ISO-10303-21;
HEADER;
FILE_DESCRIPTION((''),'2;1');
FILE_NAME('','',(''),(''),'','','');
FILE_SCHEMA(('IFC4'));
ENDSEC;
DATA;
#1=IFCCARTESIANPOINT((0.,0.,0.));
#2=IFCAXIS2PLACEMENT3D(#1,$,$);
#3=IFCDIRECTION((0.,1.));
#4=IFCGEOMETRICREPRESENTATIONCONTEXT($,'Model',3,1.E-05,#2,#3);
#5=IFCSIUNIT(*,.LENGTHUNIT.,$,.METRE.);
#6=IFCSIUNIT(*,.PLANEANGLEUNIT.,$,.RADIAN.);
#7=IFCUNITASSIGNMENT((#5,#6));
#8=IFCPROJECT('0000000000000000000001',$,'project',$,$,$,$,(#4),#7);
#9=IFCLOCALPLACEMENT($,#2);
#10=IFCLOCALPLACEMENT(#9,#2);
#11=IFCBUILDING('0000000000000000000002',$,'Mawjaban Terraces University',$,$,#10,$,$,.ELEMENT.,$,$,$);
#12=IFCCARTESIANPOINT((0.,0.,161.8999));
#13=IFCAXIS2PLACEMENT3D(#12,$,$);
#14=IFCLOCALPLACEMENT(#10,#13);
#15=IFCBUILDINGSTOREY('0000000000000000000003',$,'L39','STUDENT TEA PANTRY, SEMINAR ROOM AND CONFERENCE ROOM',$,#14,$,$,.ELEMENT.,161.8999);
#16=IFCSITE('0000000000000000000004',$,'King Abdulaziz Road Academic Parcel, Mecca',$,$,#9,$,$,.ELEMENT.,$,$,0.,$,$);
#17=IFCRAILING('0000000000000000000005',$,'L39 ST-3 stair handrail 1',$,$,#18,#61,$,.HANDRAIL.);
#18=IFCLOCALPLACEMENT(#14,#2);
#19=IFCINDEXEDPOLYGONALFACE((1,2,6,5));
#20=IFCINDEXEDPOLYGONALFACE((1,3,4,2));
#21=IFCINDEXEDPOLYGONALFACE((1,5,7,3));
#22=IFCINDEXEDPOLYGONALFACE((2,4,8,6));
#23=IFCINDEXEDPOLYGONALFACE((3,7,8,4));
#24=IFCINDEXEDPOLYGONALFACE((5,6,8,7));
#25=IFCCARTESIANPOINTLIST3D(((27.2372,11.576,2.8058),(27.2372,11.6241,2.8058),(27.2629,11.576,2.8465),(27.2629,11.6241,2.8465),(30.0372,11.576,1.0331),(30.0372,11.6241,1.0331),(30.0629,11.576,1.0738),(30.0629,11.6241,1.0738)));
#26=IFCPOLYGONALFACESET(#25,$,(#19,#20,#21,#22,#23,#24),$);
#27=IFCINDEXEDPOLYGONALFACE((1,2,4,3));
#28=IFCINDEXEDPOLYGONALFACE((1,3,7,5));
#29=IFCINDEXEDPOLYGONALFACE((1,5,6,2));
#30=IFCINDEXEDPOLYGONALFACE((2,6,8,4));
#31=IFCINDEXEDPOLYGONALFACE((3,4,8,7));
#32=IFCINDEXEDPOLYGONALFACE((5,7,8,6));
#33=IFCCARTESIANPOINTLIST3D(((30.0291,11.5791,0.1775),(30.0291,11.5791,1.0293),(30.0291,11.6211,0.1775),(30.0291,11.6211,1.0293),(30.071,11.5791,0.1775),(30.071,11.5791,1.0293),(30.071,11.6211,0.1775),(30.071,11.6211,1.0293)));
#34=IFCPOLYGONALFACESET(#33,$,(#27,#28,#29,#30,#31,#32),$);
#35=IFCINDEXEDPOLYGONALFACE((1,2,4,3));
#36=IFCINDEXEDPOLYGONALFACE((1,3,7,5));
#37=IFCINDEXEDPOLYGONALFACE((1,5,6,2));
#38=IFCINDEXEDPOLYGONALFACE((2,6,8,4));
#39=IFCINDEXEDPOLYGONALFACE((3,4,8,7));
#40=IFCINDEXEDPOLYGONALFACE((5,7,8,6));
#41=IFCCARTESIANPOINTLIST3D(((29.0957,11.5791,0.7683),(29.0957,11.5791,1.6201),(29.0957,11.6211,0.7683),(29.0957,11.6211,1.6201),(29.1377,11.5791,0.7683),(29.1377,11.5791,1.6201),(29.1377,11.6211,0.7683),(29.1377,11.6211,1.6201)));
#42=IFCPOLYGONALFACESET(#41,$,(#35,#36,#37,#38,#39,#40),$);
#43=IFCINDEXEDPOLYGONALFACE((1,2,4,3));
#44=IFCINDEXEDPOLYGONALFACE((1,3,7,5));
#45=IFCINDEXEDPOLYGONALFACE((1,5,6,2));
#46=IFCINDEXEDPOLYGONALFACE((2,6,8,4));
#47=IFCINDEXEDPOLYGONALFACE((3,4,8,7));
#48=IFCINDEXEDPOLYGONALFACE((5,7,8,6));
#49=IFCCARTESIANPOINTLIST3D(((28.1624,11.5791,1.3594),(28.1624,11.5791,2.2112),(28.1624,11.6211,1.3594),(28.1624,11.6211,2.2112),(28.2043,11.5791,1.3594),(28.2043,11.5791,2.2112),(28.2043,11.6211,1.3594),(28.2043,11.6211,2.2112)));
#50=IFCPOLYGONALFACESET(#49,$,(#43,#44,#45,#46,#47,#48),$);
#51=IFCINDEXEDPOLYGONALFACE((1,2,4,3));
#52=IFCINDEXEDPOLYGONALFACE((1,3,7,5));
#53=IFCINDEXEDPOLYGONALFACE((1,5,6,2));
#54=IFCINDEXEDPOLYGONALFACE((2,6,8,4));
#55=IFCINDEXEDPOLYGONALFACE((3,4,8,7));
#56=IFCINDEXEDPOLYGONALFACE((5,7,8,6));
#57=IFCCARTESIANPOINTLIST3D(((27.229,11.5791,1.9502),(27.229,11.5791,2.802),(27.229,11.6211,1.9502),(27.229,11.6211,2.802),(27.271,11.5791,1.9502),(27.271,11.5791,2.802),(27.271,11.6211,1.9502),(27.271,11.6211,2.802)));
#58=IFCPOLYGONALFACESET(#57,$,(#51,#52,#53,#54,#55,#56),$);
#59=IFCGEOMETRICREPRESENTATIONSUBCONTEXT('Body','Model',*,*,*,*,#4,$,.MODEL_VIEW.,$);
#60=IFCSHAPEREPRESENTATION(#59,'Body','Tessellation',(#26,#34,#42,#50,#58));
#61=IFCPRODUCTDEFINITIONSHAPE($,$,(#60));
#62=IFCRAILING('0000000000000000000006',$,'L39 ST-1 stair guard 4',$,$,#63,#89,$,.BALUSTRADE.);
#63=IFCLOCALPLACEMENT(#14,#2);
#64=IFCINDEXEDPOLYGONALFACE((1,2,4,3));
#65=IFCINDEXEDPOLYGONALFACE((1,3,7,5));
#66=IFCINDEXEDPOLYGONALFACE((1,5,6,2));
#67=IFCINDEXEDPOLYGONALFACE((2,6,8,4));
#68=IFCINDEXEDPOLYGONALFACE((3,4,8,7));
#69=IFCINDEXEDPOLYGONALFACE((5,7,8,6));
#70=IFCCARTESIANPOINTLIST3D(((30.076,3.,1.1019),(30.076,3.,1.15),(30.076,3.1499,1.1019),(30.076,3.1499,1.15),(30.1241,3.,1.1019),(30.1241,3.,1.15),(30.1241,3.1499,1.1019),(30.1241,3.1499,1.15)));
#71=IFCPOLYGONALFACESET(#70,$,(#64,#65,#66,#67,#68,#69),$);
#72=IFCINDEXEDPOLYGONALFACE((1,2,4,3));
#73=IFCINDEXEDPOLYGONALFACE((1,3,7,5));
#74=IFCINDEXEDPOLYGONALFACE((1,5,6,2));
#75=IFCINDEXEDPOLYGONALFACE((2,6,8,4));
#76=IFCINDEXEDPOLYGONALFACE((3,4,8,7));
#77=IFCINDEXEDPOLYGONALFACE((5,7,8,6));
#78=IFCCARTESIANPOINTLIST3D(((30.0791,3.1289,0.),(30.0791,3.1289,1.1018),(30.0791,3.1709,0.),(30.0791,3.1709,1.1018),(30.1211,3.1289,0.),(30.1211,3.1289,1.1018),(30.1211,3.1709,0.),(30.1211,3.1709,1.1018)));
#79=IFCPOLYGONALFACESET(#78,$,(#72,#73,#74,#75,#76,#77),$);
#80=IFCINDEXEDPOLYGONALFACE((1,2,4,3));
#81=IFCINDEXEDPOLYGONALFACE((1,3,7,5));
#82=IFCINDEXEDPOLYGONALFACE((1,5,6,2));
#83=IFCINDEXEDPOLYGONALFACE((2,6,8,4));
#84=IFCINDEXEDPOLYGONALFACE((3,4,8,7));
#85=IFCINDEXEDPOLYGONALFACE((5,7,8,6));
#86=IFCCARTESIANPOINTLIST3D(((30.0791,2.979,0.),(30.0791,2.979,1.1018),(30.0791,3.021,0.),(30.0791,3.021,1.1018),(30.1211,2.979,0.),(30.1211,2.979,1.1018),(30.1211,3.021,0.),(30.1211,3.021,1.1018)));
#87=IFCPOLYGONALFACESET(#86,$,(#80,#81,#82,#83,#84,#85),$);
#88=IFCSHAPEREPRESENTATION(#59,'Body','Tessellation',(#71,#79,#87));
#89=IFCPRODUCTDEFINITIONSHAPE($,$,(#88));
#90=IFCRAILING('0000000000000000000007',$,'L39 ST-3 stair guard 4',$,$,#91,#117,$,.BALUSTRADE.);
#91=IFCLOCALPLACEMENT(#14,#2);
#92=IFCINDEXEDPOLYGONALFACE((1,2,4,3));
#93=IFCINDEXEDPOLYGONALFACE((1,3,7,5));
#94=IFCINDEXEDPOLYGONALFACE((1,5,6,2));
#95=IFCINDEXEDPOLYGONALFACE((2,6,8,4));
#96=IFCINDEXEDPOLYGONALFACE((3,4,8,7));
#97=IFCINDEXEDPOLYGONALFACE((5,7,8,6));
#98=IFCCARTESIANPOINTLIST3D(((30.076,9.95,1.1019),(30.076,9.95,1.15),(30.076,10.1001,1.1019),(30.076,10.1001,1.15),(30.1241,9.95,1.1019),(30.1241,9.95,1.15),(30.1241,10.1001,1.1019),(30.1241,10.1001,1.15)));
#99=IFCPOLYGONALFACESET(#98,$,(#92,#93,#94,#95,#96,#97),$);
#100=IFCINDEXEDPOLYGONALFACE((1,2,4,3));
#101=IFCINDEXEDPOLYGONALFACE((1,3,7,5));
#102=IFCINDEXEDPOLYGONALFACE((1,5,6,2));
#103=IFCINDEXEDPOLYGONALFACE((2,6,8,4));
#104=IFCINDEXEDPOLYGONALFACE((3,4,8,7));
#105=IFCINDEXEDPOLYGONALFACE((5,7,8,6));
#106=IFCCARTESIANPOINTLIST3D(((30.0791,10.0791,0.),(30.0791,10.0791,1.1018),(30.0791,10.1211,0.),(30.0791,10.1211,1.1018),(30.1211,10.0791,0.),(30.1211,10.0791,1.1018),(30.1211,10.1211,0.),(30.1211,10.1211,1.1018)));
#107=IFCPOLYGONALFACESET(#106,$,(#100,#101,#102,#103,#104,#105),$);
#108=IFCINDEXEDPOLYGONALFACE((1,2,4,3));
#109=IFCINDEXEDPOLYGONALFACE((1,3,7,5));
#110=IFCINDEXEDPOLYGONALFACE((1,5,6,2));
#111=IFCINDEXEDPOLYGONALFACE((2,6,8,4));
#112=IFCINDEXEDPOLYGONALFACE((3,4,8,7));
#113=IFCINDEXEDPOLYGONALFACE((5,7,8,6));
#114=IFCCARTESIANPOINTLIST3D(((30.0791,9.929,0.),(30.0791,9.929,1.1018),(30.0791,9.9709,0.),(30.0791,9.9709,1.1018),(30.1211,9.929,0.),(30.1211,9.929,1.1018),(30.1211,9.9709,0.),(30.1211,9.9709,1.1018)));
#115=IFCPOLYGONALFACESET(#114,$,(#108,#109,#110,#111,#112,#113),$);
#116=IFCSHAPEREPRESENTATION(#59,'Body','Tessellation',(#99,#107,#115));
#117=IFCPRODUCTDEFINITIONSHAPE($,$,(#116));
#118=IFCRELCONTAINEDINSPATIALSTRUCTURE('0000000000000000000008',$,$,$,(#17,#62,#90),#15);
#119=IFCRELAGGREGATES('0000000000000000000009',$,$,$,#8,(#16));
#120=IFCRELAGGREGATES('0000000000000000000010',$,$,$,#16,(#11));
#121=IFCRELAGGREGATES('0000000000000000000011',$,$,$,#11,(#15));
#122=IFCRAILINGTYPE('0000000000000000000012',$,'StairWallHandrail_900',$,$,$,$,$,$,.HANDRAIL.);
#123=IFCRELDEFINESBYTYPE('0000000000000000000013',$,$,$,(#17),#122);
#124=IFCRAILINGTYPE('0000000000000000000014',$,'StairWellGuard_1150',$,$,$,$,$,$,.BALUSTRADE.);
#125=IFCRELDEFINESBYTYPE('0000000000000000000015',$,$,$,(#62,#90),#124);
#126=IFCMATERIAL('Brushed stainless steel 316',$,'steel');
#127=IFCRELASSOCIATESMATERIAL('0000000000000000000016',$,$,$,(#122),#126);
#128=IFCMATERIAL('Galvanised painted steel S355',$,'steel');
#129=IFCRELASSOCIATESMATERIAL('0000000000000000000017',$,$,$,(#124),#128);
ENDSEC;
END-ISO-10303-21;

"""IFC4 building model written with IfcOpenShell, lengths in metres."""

from ifc_helpers import new_model, si_unit, direction, frame, origin, origin_2d, place, context, subcontext, project, spatial, rectangle, extrude, material, type_object, element, save


model = new_model("IFC4")

# Units and contexts
model_context = context("Model", 3, precision=1e-05, world=origin(), true_north=direction((0.0, 1.0)))
body_context = subcontext(model_context, "Body", "Model", "MODEL_VIEW")
ifc_project = project(units=[si_unit("LENGTHUNIT", "METRE"), si_unit("PLANEANGLEUNIT", "RADIAN")], contexts=[model_context])

# Site, building, storey
site_placement = place(None, origin())
site = spatial("IfcSite", under=ifc_project, at=site_placement, Name="King Abdulaziz Road Academic Parcel, Mecca", CompositionType="ELEMENT", RefElevation=0.0)
building_placement = place(site_placement, origin())
building = spatial("IfcBuilding", under=site, at=building_placement, Name="Mawjaban Terraces University", CompositionType="ELEMENT")
storey_placement = place(building_placement, frame((0.0, 0.0, 161.8999)))
storey = spatial("IfcBuildingStorey", under=building, at=storey_placement, Name="L39", Description="STUDENT TEA PANTRY, SEMINAR ROOM AND CONFERENCE ROOM", CompositionType="ELEMENT", Elevation=161.8999)

# Railings
ifc_material_1 = material(Name="Brushed stainless steel 316", Category="steel")
railing_type_1 = type_object("IfcRailingType", Name="StairWallHandrail_900", PredefinedType="HANDRAIL", material=ifc_material_1)
railing_1_placement = place(storey_placement, frame((30.05, 11.6001, 0.1775)))
element("IfcRailing", 1, at=railing_1_placement, inside=storey, type_object=railing_type_1, Name="L39 ST-3 stair handrail 1", PredefinedType="HANDRAIL", context=body_context, shape_type="SweptSolid", body=[
    extrude(rectangle(XDim=0.0481, YDim=0.0481, at=origin_2d()), frame((0.0, 0.0, 0.876), z_axis=(-0.844909, 0.0, 0.53491), x_axis=(0.0, -1.0, 0.0)), (0.0, 0.0, 1.0), 3.314),
    extrude(rectangle(XDim=0.042, YDim=0.042, at=origin_2d()), origin(), (0.0, 0.0, 1.0), 0.8518),
    extrude(rectangle(XDim=0.042, YDim=0.042, at=origin_2d()), frame((-0.9333, 0.0, 0.5908)), (0.0, 0.0, 1.0), 0.8518),
    extrude(rectangle(XDim=0.042, YDim=0.042, at=origin_2d()), frame((-1.8667, 0.0, 1.1819)), (0.0, 0.0, 1.0), 0.8518),
    extrude(rectangle(XDim=0.042, YDim=0.042, at=origin_2d()), frame((-2.8, 0.0, 1.7727)), (0.0, 0.0, 1.0), 0.8518),
])
ifc_material_2 = material(Name="Galvanised painted steel S355", Category="steel")
railing_type_2 = type_object("IfcRailingType", Name="StairWellGuard_1150", PredefinedType="BALUSTRADE", material=ifc_material_2)
railing_2_placement = place(storey_placement, frame((30.1001, 3.1499, 0.0)))
element("IfcRailing", 2, at=railing_2_placement, inside=storey, type_object=railing_type_2, Name="L39 ST-1 stair guard 4", PredefinedType="BALUSTRADE", context=body_context, shape_type="SweptSolid", body=[
    extrude(rectangle(XDim=0.0481, YDim=0.0481, at=origin_2d()), frame((0.0, 0.0, 1.126), z_axis=(0.0, -1.0, 0.0), x_axis=(1.0, 0.0, 0.0)), (0.0, 0.0, 1.0), 0.1499),
    extrude(rectangle(XDim=0.042, YDim=0.042, at=origin_2d()), origin(), (0.0, 0.0, 1.0), 1.1018),
    extrude(rectangle(XDim=0.042, YDim=0.042, at=origin_2d()), frame((0.0, -0.1499, 0.0)), (0.0, 0.0, 1.0), 1.1018),
])
railing_3_placement = place(storey_placement, frame((30.1001, 10.1001, 0.0)))
element("IfcRailing", 3, at=railing_3_placement, inside=storey, type_object=railing_type_2, Name="L39 ST-3 stair guard 4", PredefinedType="BALUSTRADE", context=body_context, shape_type="SweptSolid", body=[
    extrude(rectangle(XDim=0.0481, YDim=0.0481, at=origin_2d()), frame((0.0, 0.0, 1.126), z_axis=(0.0, -1.0, 0.0), x_axis=(1.0, 0.0, 0.0)), (0.0, 0.0, 1.0), 0.1501),
    extrude(rectangle(XDim=0.042, YDim=0.042, at=origin_2d()), origin(), (0.0, 0.0, 1.0), 1.1018),
    extrude(rectangle(XDim=0.042, YDim=0.042, at=origin_2d()), frame((0.0, -0.1501, 0.0)), (0.0, 0.0, 1.0), 1.1018),
])

save(model, "model.ifc")
